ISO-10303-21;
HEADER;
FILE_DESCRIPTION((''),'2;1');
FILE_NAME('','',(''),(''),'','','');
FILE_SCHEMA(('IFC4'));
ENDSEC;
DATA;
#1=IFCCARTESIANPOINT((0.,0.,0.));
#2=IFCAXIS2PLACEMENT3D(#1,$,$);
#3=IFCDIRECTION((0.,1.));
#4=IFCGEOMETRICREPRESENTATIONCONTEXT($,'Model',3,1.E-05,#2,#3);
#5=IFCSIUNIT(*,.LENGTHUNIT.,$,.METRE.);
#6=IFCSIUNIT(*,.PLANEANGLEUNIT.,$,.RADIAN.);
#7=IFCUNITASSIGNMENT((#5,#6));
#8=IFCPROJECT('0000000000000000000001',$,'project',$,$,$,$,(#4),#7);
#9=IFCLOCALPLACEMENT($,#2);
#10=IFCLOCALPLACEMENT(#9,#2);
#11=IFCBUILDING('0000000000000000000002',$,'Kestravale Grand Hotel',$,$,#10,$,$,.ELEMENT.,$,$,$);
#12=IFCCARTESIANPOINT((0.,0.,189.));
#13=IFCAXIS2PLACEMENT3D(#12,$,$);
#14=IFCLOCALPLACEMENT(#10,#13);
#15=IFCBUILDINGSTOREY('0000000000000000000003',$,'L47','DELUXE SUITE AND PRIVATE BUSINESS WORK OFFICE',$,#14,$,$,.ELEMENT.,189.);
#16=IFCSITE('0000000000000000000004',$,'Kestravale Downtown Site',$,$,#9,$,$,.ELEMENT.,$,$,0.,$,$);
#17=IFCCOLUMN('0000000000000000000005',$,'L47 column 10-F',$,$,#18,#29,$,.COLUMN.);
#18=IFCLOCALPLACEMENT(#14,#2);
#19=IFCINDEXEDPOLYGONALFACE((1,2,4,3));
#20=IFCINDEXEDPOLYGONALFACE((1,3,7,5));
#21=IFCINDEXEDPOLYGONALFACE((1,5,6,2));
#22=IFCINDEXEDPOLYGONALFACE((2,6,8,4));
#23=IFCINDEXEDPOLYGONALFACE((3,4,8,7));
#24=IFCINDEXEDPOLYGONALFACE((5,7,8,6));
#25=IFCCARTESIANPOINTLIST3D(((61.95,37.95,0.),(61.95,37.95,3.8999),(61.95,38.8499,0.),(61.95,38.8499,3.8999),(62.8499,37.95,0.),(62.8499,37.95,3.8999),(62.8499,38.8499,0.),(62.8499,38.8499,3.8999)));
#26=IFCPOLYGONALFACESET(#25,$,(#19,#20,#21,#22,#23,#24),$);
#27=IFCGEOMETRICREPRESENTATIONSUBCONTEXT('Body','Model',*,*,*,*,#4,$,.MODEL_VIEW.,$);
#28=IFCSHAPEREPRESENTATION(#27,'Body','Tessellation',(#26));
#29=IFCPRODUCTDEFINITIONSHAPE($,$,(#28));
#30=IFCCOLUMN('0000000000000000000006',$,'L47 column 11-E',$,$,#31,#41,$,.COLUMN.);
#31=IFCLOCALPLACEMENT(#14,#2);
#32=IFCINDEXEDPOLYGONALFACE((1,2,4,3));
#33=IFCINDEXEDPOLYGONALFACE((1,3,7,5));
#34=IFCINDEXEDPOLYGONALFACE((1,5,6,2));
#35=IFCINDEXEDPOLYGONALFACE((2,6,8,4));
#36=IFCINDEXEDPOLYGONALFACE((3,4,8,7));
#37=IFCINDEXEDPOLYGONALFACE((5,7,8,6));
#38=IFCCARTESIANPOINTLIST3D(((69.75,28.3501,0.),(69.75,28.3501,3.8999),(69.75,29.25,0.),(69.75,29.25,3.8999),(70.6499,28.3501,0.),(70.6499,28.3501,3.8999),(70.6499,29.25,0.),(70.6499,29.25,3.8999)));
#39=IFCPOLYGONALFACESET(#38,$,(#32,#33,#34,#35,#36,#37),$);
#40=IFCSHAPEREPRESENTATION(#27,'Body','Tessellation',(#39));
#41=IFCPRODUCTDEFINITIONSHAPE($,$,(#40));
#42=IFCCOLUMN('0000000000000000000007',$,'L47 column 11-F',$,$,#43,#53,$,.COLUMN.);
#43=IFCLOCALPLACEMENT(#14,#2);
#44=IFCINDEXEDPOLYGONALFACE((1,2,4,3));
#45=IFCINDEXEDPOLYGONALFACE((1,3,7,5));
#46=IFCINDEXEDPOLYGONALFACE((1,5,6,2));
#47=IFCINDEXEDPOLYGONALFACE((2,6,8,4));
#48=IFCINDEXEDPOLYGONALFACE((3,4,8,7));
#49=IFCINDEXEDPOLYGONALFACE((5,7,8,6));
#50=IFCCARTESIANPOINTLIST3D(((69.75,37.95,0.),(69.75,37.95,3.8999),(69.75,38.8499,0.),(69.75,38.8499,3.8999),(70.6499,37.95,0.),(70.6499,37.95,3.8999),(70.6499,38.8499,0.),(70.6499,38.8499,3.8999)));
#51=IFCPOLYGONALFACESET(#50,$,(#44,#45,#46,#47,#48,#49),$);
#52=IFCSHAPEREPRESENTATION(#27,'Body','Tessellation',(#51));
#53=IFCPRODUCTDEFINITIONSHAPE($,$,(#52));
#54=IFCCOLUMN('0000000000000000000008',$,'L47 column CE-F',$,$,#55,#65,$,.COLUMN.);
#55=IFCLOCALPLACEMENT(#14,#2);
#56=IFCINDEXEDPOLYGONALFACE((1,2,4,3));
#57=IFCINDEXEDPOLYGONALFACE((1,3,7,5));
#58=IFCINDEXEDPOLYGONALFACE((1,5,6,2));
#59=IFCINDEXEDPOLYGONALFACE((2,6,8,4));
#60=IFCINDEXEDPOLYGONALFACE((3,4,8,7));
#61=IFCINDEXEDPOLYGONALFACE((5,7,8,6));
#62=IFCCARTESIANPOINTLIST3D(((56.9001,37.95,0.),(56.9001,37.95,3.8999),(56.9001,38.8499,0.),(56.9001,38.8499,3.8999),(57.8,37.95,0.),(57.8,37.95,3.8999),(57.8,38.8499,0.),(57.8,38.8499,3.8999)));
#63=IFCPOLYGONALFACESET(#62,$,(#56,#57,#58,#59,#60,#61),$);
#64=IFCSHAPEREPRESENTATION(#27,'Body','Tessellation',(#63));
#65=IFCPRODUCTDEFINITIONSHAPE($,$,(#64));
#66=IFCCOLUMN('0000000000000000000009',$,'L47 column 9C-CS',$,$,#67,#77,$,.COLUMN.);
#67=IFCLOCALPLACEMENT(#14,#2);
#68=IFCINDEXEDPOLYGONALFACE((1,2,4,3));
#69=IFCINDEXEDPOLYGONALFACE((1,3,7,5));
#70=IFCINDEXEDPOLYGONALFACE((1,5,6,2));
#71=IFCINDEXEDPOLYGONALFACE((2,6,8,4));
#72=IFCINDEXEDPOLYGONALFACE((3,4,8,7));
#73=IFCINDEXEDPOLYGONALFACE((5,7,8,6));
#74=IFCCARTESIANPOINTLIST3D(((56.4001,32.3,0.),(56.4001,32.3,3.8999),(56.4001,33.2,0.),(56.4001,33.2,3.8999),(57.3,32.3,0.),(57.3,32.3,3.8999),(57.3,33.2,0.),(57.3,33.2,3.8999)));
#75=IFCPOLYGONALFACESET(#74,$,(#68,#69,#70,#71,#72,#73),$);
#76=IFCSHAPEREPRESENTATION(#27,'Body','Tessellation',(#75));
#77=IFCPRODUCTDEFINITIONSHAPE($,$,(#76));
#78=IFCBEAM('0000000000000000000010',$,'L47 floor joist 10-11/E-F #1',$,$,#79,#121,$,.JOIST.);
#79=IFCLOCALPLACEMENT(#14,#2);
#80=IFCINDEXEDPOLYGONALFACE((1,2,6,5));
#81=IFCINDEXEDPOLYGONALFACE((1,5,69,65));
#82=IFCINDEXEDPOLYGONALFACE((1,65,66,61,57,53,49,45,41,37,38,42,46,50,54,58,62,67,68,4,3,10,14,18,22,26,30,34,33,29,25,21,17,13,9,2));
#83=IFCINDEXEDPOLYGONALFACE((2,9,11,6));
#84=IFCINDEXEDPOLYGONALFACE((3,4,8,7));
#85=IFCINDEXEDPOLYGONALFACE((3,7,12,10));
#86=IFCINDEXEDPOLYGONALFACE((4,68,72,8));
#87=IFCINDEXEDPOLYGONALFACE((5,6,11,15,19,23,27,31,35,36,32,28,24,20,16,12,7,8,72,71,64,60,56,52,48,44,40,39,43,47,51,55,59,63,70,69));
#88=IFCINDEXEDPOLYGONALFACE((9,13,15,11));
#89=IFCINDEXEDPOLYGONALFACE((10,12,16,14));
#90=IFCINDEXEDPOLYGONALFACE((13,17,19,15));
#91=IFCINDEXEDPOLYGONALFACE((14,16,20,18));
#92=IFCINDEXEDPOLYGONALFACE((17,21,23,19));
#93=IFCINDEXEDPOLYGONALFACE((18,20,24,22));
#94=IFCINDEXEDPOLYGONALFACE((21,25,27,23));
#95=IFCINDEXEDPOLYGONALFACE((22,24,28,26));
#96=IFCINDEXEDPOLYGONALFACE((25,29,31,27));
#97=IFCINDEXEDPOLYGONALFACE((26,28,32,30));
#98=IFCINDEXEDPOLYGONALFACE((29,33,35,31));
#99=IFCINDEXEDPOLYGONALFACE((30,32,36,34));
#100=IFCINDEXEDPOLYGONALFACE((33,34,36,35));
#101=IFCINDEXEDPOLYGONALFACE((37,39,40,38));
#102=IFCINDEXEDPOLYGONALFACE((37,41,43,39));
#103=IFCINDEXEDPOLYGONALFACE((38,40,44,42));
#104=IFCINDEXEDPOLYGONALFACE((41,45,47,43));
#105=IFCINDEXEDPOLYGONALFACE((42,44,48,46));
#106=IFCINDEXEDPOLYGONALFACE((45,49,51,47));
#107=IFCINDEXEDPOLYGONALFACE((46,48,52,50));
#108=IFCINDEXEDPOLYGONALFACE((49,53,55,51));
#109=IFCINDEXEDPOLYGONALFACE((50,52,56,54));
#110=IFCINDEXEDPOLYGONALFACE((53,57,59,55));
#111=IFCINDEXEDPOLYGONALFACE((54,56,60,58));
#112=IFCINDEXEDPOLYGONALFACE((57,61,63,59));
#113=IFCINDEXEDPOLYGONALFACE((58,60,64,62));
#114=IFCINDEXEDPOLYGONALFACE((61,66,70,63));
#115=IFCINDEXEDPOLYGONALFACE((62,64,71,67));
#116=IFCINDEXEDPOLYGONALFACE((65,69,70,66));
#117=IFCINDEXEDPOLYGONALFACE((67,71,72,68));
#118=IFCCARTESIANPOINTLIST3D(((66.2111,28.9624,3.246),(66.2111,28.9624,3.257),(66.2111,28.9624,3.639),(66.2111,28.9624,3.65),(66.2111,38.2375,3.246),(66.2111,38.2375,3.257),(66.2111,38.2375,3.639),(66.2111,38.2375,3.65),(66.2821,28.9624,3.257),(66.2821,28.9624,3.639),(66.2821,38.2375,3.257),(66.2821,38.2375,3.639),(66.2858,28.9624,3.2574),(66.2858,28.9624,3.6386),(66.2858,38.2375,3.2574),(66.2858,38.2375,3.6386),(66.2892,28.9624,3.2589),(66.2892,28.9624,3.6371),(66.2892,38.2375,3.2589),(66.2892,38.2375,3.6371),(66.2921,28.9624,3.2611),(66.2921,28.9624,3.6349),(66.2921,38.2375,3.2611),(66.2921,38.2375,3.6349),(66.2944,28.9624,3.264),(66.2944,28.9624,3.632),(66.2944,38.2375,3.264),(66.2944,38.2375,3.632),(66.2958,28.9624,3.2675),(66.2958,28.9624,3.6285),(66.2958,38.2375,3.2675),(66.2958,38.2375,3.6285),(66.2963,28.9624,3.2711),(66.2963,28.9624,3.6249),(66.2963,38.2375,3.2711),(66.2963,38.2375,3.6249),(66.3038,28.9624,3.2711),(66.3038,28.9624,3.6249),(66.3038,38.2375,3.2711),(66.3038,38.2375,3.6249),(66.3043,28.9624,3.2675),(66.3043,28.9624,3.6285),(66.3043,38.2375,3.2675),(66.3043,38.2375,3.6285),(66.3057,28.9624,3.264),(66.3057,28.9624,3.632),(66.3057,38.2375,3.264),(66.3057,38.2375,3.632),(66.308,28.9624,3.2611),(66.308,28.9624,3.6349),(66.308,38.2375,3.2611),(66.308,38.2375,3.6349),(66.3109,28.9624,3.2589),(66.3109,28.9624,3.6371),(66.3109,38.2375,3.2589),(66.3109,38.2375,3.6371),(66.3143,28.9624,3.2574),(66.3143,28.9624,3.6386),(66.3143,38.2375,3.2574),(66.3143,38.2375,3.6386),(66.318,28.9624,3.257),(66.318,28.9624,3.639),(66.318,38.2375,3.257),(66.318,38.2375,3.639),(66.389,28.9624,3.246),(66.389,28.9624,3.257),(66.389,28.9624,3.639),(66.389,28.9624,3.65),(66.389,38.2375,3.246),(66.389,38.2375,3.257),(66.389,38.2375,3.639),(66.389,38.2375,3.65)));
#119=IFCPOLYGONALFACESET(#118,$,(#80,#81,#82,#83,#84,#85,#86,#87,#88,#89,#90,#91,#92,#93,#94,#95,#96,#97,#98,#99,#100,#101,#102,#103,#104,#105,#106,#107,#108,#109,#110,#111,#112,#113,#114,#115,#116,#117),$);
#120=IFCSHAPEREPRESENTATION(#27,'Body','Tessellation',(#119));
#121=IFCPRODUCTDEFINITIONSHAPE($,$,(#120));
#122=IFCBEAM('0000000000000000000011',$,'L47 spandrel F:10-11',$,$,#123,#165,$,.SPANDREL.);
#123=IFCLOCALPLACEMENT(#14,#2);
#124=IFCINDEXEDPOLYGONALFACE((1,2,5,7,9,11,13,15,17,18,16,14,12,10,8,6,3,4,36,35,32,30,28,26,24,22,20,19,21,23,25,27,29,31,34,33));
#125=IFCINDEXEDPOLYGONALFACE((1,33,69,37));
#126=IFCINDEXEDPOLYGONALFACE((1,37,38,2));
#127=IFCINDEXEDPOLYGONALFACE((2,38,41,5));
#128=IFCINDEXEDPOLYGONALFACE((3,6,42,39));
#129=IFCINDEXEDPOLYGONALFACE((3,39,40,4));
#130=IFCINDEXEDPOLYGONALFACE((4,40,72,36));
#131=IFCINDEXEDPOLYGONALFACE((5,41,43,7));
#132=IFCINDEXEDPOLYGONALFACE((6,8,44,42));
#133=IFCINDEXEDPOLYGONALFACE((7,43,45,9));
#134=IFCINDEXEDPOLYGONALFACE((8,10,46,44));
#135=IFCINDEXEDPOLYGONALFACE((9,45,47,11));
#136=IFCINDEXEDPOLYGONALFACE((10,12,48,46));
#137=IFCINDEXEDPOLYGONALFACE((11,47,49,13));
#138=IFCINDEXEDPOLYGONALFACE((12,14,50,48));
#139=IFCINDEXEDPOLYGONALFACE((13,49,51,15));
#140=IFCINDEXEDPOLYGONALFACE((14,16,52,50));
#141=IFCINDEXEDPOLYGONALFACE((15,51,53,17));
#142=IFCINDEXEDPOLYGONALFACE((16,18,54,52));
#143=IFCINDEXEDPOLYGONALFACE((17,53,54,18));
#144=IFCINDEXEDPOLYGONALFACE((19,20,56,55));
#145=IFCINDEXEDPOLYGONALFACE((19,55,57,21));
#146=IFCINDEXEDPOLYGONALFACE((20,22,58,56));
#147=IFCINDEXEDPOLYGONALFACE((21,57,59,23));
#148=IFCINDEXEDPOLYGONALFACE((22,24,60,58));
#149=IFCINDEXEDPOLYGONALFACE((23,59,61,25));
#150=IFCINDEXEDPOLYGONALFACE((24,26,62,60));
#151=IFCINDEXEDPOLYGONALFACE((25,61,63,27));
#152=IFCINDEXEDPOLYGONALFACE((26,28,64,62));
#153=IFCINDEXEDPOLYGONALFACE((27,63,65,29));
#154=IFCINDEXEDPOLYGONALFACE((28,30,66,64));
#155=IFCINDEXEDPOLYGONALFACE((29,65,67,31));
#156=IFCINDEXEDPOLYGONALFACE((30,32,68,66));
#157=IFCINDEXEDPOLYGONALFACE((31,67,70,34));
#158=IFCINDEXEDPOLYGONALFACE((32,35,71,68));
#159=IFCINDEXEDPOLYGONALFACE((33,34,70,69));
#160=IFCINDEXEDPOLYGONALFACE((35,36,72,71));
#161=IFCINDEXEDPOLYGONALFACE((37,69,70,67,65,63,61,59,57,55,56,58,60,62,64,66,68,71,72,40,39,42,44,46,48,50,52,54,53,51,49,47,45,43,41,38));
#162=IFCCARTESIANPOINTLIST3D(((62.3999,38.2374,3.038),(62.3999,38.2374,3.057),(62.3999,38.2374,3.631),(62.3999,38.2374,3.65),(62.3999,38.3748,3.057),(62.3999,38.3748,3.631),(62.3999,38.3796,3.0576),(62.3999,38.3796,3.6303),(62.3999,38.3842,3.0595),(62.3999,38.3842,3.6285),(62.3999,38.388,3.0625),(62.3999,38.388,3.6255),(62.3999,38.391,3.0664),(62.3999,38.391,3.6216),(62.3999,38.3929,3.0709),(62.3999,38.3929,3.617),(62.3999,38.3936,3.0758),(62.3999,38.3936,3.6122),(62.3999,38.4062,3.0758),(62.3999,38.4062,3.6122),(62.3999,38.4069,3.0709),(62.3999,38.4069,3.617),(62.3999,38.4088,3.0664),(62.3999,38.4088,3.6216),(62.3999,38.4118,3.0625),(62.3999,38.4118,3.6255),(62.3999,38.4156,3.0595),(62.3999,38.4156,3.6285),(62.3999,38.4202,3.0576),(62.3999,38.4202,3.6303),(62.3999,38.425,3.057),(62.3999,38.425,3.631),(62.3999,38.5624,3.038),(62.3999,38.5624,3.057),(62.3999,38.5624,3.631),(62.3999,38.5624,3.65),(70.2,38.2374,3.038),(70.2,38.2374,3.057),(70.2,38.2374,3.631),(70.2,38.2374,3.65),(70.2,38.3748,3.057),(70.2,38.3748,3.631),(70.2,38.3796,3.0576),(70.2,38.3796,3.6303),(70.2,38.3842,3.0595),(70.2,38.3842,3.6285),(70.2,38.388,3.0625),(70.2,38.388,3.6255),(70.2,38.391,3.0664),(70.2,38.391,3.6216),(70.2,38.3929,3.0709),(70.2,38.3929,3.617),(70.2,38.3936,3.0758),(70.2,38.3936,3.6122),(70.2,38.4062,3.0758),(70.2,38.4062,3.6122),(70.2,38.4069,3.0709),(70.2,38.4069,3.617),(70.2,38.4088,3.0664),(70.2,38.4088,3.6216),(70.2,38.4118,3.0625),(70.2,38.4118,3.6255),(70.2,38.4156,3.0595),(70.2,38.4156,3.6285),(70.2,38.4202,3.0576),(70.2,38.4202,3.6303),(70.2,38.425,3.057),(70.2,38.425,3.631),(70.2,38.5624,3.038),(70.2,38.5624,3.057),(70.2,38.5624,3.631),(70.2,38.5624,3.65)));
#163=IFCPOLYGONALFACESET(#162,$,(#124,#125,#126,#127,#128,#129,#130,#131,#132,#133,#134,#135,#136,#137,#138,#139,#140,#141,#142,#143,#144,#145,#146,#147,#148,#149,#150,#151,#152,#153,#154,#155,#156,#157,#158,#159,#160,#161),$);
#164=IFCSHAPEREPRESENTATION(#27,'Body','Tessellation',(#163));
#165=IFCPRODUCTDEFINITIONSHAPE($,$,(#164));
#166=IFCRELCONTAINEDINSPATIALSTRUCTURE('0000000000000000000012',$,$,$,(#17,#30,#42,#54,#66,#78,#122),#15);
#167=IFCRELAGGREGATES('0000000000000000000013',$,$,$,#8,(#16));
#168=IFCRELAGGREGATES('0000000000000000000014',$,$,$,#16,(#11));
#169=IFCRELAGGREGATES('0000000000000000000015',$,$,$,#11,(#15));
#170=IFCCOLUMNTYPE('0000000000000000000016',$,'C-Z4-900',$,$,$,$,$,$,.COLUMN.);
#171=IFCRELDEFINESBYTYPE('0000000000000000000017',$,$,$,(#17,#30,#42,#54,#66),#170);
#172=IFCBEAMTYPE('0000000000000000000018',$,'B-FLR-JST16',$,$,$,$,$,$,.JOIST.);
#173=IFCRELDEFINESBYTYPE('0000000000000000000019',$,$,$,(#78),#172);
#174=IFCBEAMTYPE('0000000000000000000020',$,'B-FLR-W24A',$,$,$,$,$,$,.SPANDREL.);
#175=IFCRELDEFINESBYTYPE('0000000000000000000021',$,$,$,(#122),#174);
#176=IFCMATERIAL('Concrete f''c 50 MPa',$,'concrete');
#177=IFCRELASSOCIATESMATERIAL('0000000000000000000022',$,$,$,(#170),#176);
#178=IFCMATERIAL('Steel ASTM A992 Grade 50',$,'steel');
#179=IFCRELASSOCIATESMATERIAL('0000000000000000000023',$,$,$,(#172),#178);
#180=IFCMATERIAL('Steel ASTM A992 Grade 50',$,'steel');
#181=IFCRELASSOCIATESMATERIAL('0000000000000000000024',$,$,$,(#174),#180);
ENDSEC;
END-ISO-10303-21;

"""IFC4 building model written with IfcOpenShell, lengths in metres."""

from ifc_helpers import new_model, si_unit, direction, frame, origin, origin_2d, place, context, subcontext, project, spatial, rectangle, i_section, extrude, material, material_profile, profile_set, type_object, element, save


model = new_model("IFC4")

# Units and contexts
model_context = context("Model", 3, precision=1e-05, world=origin(), true_north=direction((0.0, 1.0)))
body_context = subcontext(model_context, "Body", "Model", "MODEL_VIEW")
ifc_project = project(units=[si_unit("LENGTHUNIT", "METRE"), si_unit("PLANEANGLEUNIT", "RADIAN")], contexts=[model_context])

# Site, building, storey
site_placement = place(None, origin())
site = spatial("IfcSite", under=ifc_project, at=site_placement, Name="Kestravale Downtown Site", CompositionType="ELEMENT", RefElevation=0.0)
building_placement = place(site_placement, origin())
building = spatial("IfcBuilding", under=site, at=building_placement, Name="Kestravale Grand Hotel", CompositionType="ELEMENT")
storey_placement = place(building_placement, frame((0.0, 0.0, 189.0)))
storey = spatial("IfcBuildingStorey", under=building, at=storey_placement, Name="L47", Description="DELUXE SUITE AND PRIVATE BUSINESS WORK OFFICE", CompositionType="ELEMENT", Elevation=189.0)

# Columns
ifc_material_1 = material(Name="Concrete f'c 50 MPa", Category="concrete")
ifc_material_profile_1 = material_profile(ifc_material_1, rectangle(XDim=0.8999, YDim=0.8999, at=origin_2d()))
ifc_profile_set_1 = profile_set([ifc_material_profile_1], Name="Concrete f'c 50 MPa")
column_type = type_object("IfcColumnType", Name="C-Z4-900", PredefinedType="COLUMN", material=ifc_profile_set_1)
for number, where, z_axis, x_axis, name in (
    (1, (62.3999, 38.3999, 0.0), (0.0, 0.0, 1.0), (1.0, 0.0, 0.0), "L47 column 10-F"),
    (2, (70.2, 28.8, 0.0), (0.0, 0.0, 1.0), (1.0, 0.0, 0.0), "L47 column 11-E"),
    (3, (70.2, 38.3999, 0.0), (0.0, 0.0, 1.0), (1.0, 0.0, 0.0), "L47 column 11-F"),
    (4, (57.3501, 38.3999, 0.0), (0.0, 0.0, 1.0), (1.0, 0.0, 0.0), "L47 column CE-F"),
    (5, (56.8501, 32.75, 0.0), (0.0, 0.0, 1.0), (1.0, 0.0, 0.0), "L47 column 9C-CS"),
):
    element("IfcColumn", number, at=place(storey_placement, frame(where, z_axis=z_axis, x_axis=x_axis)), inside=storey, type_object=column_type, Name=name, PredefinedType="COLUMN", context=body_context, shape_type="SweptSolid", body=[
        extrude(rectangle(XDim=0.8999, YDim=0.8999, at=origin_2d()), origin(), (0.0, 0.0, 1.0), 3.8999),
    ])

# Beams
ifc_material_2 = material(Name="Steel ASTM A992 Grade 50", Category="steel")
ifc_material_profile_2 = material_profile(ifc_material_2, i_section(OverallWidth=0.178, OverallDepth=0.4041, WebThickness=0.0076, FlangeThickness=0.011, FilletRadius=0.0142, at=origin_2d()))
ifc_profile_set_2 = profile_set([ifc_material_profile_2], Name="Steel ASTM A992 Grade 50")
beam_type_1 = type_object("IfcBeamType", Name="B-FLR-JST16", PredefinedType="JOIST", material=ifc_profile_set_2)
beam_1_placement = place(storey_placement, frame((66.3, 28.9624, 3.448), z_axis=(0.0, 1.0, 0.0), x_axis=(-1.0, 0.0, 0.0)))
element("IfcBeam", 6, at=beam_1_placement, inside=storey, type_object=beam_type_1, Name="L47 floor joist 10-11/E-F #1", PredefinedType="JOIST", context=body_context, shape_type="SweptSolid", body=[
    extrude(i_section(OverallWidth=0.178, OverallDepth=0.4041, WebThickness=0.0076, FlangeThickness=0.011, FilletRadius=0.0142, at=origin_2d()), origin(), (0.0, 0.0, 1.0), 9.2751),
])
ifc_material_3 = material(Name="Steel ASTM A992 Grade 50", Category="steel")
ifc_material_profile_3 = material_profile(ifc_material_3, i_section(OverallWidth=0.325, OverallDepth=0.6121, WebThickness=0.0127, FlangeThickness=0.019, FilletRadius=0.0188, at=origin_2d()))
ifc_profile_set_3 = profile_set([ifc_material_profile_3], Name="Steel ASTM A992 Grade 50")
beam_type_2 = type_object("IfcBeamType", Name="B-FLR-W24A", PredefinedType="SPANDREL", material=ifc_profile_set_3)
beam_2_placement = place(storey_placement, frame((62.3999, 38.3999, 3.344), z_axis=(1.0, 0.0, 0.0), x_axis=(0.0, 1.0, 0.0)))
element("IfcBeam", 7, at=beam_2_placement, inside=storey, type_object=beam_type_2, Name="L47 spandrel F:10-11", PredefinedType="SPANDREL", context=body_context, shape_type="SweptSolid", body=[
    extrude(i_section(OverallWidth=0.325, OverallDepth=0.6121, WebThickness=0.0127, FlangeThickness=0.019, FilletRadius=0.0188, at=origin_2d()), origin(), (0.0, 0.0, 1.0), 7.8),
])

save(model, "model.ifc")
